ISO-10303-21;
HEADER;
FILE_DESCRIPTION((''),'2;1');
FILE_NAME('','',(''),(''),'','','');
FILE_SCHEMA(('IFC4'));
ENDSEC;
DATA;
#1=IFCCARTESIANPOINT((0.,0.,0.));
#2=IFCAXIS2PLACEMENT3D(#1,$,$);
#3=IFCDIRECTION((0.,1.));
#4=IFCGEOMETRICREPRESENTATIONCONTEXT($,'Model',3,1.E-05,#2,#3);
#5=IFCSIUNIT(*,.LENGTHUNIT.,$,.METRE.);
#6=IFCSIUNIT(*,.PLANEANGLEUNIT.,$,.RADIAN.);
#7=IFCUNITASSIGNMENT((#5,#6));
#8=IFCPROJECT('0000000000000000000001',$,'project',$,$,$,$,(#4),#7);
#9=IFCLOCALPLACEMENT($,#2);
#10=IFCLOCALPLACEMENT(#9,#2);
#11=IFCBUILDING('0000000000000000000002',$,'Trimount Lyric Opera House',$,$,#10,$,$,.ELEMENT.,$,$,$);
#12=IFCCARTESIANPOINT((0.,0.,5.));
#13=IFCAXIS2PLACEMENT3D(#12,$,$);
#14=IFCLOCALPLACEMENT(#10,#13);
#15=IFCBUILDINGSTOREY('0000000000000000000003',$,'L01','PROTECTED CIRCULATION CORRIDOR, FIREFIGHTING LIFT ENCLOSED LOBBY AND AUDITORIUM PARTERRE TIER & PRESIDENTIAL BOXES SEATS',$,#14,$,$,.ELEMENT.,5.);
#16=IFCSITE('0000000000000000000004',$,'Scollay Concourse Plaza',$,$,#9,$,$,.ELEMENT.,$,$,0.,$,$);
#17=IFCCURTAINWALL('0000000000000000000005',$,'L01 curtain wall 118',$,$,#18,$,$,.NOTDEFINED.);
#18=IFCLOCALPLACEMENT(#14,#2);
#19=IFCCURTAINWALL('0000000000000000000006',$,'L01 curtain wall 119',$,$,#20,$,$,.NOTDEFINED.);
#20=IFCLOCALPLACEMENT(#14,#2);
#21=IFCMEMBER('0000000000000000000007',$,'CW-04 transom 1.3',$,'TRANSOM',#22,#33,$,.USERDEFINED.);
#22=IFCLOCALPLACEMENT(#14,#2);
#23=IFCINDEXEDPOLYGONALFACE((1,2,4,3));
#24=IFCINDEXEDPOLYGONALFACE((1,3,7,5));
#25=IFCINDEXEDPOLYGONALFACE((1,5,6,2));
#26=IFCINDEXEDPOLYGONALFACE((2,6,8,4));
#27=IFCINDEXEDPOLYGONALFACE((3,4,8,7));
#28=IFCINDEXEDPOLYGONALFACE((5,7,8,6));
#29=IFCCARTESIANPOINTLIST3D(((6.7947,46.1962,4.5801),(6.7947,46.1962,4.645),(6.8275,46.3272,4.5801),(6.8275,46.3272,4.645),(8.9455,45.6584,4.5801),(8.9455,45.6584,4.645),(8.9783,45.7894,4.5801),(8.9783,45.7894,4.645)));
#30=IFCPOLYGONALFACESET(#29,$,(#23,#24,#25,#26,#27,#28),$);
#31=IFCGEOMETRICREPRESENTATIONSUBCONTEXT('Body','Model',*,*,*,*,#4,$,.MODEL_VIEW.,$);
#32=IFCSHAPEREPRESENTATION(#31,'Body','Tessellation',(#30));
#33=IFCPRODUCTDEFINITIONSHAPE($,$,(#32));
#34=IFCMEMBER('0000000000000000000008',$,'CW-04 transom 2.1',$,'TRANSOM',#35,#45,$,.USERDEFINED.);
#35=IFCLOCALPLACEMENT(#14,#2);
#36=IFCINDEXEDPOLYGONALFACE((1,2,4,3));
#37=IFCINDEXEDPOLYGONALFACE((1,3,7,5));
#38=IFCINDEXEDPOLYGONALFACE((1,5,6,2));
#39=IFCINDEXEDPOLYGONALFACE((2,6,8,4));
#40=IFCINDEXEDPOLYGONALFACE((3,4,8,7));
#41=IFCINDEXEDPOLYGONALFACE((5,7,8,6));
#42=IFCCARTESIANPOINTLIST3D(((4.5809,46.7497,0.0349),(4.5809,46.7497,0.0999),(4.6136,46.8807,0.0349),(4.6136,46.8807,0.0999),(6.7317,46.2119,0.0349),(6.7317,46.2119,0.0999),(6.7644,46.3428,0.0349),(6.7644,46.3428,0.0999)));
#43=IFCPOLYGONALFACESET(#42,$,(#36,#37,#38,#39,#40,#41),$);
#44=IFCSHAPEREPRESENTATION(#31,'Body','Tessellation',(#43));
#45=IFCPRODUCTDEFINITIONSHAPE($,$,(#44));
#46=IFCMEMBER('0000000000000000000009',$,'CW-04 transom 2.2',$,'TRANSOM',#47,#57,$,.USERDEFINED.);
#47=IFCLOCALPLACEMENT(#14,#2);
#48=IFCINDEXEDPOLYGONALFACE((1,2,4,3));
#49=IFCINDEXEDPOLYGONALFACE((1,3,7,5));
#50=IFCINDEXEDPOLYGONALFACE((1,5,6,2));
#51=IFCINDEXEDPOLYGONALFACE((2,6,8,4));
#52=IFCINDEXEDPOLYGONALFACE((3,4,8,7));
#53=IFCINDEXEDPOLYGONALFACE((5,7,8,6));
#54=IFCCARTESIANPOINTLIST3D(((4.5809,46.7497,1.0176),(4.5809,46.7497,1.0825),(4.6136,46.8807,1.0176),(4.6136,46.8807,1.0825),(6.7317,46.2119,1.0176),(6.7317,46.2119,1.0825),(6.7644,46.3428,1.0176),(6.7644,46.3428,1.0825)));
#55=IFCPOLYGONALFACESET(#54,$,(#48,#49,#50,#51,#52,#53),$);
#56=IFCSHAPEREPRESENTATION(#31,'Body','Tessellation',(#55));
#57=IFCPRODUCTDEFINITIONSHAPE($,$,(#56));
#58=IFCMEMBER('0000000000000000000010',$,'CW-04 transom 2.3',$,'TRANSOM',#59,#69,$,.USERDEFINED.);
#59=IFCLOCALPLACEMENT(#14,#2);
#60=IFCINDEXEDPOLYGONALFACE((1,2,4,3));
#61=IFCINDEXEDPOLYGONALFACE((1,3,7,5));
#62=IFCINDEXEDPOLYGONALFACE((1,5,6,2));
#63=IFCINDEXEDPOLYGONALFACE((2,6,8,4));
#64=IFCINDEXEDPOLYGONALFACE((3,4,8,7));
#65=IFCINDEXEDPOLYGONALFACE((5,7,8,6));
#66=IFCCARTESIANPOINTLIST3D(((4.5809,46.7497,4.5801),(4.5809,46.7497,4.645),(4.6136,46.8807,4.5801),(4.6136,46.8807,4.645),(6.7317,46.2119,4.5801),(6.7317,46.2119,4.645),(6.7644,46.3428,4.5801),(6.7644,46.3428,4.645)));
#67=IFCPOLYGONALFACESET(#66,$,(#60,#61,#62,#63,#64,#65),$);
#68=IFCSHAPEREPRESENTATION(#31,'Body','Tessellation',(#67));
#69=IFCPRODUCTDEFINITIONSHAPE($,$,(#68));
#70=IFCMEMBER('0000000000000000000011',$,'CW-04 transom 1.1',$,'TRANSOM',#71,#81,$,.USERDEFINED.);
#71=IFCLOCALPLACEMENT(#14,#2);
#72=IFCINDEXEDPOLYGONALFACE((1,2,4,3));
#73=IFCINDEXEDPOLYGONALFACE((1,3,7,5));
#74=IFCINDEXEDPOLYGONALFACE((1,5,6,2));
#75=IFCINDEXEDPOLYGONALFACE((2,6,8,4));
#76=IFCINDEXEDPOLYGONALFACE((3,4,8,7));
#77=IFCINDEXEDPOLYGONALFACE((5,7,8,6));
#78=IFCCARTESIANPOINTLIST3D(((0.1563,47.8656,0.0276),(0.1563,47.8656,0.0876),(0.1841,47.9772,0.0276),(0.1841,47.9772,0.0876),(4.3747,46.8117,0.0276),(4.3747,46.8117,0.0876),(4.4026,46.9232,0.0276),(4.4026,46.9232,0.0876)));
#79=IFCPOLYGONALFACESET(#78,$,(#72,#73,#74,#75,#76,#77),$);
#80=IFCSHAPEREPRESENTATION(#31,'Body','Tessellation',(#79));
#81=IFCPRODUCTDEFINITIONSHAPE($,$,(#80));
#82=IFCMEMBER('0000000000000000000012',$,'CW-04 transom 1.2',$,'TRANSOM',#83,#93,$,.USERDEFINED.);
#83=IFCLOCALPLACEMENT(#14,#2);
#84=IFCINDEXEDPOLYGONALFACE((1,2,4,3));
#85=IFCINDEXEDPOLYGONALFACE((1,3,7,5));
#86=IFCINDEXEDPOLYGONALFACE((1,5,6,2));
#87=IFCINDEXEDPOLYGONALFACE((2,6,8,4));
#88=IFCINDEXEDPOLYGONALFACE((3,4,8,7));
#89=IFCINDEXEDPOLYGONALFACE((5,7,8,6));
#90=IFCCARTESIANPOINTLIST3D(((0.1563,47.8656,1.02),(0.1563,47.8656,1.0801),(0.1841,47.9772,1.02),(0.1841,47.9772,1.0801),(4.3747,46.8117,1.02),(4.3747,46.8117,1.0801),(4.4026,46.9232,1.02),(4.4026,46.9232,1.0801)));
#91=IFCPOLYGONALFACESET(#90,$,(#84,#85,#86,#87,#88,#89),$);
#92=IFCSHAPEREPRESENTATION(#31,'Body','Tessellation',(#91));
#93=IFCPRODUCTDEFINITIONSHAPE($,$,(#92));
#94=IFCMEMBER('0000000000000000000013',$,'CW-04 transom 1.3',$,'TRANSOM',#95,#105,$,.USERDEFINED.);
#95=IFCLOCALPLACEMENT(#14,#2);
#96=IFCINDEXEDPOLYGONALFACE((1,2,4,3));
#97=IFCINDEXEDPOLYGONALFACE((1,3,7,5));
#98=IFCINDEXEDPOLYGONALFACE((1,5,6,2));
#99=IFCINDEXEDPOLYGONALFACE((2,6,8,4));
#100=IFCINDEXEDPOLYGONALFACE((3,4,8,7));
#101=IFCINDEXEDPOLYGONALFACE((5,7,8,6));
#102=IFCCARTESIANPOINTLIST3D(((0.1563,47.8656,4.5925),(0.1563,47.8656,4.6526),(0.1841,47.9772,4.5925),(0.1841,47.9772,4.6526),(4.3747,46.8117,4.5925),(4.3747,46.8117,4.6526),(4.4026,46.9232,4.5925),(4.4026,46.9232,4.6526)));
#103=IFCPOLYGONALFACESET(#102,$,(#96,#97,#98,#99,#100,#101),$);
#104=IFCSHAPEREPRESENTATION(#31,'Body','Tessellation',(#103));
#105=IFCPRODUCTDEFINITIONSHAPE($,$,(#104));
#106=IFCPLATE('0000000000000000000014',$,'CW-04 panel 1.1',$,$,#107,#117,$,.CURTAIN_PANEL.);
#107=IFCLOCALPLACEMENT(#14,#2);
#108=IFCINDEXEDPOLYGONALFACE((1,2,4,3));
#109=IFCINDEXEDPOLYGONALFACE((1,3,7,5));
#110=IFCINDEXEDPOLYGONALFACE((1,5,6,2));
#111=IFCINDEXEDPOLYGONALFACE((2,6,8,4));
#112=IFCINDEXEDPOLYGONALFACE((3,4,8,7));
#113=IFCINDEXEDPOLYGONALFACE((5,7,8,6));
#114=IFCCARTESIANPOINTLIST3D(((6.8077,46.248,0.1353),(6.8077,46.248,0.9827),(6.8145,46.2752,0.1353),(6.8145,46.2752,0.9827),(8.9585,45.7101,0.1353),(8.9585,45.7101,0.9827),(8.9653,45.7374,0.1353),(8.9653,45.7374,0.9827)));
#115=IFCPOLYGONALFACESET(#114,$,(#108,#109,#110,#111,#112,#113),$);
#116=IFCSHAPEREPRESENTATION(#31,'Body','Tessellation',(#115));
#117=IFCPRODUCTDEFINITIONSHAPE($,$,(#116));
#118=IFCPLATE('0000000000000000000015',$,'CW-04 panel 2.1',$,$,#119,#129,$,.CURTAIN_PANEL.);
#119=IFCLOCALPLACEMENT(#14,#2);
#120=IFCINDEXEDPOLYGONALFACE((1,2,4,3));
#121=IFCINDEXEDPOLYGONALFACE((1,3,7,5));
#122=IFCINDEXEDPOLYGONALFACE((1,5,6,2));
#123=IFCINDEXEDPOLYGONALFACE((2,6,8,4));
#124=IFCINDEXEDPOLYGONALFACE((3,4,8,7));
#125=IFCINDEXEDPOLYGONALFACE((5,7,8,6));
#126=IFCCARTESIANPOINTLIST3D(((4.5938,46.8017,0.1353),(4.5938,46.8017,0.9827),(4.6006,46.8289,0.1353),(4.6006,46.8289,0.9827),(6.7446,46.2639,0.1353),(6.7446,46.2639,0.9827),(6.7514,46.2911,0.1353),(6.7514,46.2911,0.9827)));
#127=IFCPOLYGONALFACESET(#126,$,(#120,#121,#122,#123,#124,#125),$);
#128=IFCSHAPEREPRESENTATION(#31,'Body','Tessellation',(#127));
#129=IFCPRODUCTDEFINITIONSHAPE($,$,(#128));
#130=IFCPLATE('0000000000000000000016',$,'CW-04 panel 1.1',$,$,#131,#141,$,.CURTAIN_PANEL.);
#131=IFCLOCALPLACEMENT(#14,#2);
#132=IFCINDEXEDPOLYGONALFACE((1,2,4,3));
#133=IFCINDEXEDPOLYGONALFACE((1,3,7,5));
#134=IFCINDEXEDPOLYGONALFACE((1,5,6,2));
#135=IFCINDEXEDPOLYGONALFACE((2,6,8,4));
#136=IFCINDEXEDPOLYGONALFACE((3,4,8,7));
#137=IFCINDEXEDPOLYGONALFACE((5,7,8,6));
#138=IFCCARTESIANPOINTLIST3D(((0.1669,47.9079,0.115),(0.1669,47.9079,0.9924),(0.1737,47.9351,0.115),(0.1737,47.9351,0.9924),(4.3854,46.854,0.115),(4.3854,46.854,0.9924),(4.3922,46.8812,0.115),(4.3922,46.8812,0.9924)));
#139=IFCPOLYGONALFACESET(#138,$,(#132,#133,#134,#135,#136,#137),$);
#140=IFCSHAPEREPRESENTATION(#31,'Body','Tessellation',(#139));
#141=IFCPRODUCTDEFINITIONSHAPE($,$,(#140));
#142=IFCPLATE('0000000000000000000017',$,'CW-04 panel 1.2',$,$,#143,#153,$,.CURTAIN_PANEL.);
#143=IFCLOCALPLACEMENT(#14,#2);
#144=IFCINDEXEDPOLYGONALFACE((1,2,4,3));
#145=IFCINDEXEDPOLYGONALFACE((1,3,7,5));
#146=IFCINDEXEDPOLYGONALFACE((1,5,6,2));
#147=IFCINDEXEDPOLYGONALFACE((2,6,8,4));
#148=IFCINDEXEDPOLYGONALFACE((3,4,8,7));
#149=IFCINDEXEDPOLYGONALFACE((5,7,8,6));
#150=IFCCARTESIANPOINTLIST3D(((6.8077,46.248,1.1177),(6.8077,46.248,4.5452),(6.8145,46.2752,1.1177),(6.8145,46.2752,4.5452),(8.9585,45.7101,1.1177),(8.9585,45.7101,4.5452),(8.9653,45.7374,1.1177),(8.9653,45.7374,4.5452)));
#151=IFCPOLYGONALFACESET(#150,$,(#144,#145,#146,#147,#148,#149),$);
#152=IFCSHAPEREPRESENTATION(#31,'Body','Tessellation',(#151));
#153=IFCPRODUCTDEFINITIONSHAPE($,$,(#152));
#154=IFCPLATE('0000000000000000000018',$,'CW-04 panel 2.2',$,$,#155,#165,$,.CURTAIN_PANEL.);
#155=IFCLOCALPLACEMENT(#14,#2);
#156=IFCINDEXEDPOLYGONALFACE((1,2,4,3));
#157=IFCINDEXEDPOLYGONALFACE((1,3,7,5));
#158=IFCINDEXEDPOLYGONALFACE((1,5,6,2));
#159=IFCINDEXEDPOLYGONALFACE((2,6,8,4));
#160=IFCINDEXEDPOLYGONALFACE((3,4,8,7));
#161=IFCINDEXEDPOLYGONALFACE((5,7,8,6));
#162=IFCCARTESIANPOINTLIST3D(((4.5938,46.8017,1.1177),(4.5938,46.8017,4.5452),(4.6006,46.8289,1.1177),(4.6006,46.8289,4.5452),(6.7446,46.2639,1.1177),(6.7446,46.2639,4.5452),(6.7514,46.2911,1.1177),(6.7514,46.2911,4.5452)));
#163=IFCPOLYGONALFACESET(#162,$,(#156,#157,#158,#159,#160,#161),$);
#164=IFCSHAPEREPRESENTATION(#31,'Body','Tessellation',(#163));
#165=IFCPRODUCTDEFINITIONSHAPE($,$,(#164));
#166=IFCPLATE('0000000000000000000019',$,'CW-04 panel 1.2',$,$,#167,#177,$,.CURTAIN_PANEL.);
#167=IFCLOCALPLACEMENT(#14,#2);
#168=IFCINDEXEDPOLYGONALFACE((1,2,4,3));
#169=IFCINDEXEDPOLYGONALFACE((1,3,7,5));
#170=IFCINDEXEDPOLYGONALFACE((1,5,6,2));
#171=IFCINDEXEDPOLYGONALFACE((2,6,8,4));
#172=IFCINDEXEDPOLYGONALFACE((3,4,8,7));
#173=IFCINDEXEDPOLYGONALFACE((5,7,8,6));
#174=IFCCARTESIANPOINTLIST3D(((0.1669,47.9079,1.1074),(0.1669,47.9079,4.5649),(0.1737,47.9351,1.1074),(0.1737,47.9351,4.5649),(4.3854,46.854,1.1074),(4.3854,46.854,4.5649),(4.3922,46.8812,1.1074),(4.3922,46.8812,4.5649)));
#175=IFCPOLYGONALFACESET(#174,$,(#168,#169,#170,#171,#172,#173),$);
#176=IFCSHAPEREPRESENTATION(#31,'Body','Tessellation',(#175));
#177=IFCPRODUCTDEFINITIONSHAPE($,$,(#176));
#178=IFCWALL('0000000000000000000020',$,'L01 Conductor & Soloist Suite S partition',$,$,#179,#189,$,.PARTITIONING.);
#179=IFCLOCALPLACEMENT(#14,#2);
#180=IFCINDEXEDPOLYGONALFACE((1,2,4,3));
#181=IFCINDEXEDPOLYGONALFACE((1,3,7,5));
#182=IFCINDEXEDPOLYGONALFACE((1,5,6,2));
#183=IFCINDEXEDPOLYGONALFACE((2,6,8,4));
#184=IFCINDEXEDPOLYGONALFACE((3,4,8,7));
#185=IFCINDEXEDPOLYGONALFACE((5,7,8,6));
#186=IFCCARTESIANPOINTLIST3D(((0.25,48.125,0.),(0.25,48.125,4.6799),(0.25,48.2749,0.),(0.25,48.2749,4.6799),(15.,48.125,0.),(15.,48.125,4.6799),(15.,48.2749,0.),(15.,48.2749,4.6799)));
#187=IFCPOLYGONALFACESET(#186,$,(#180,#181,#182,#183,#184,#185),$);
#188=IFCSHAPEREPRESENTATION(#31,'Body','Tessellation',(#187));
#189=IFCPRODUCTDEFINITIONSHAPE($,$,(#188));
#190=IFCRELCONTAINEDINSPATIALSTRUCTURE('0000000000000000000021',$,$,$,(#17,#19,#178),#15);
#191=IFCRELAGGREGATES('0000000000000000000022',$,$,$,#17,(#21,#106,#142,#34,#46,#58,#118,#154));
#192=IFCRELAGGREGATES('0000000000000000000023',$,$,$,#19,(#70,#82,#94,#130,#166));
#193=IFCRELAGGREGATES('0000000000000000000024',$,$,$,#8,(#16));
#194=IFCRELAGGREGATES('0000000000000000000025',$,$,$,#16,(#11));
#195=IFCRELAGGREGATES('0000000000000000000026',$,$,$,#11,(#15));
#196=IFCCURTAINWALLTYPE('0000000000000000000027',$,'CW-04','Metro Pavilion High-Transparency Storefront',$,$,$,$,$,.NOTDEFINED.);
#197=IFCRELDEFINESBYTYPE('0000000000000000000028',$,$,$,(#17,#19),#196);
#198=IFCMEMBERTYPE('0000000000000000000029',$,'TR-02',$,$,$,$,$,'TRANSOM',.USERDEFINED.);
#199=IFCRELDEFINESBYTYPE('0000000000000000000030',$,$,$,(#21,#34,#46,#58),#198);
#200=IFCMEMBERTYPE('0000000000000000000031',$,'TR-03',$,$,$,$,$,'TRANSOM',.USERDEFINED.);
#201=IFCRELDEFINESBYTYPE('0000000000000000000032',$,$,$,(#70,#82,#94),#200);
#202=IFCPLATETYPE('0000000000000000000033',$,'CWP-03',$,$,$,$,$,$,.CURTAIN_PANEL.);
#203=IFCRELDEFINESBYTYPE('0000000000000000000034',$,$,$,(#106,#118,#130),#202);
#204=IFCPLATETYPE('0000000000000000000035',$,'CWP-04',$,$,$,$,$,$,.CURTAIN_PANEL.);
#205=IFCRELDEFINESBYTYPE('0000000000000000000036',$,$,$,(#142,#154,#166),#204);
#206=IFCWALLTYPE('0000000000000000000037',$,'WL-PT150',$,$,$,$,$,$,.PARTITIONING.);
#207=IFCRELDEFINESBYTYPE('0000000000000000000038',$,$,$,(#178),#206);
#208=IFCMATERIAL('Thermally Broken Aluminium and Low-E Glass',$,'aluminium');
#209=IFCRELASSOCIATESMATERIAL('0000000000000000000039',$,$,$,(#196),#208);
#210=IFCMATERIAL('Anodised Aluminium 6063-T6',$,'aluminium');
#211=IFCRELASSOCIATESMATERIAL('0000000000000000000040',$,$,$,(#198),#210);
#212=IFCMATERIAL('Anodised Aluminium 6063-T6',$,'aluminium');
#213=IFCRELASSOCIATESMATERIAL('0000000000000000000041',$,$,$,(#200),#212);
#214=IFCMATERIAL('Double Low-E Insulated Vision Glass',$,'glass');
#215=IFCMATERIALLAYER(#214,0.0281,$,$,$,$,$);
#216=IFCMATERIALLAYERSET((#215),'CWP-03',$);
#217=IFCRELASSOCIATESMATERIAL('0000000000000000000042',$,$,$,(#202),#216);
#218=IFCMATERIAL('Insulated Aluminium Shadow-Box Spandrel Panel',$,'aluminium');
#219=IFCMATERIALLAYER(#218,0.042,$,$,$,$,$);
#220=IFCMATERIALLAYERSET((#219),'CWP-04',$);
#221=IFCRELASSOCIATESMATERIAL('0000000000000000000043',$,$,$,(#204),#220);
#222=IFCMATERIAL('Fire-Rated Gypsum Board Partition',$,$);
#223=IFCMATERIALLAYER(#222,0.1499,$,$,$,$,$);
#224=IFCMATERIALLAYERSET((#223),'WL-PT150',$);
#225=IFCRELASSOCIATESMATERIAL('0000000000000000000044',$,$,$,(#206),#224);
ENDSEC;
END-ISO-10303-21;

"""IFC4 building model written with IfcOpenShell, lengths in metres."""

from ifc_helpers import new_model, si_unit, direction, frame, frame_2d, origin, origin_2d, place, context, subcontext, project, spatial, rectangle, extrude, material, layer, layer_set, material_profile, profile_set, type_object, element, aggregate, save


model = new_model("IFC4")

# Units and contexts
model_context = context("Model", 3, precision=1e-05, world=origin(), true_north=direction((0.0, 1.0)))
body_context = subcontext(model_context, "Body", "Model", "MODEL_VIEW")
ifc_project = project(units=[si_unit("LENGTHUNIT", "METRE"), si_unit("PLANEANGLEUNIT", "RADIAN")], contexts=[model_context])

# Site, building, storey
site_placement = place(None, origin())
site = spatial("IfcSite", under=ifc_project, at=site_placement, Name="Scollay Concourse Plaza", CompositionType="ELEMENT", RefElevation=0.0)
building_placement = place(site_placement, origin())
building = spatial("IfcBuilding", under=site, at=building_placement, Name="Trimount Lyric Opera House", CompositionType="ELEMENT")
storey_placement = place(building_placement, frame((0.0, 0.0, 5.0)))
storey = spatial("IfcBuildingStorey", under=building, at=storey_placement, Name="L01", Description="PROTECTED CIRCULATION CORRIDOR, FIREFIGHTING LIFT ENCLOSED LOBBY AND AUDITORIUM PARTERRE TIER & PRESIDENTIAL BOXES SEATS", CompositionType="ELEMENT", Elevation=5.0)

# Curtain walls
ifc_material_1 = material(Name="Thermally Broken Aluminium and Low-E Glass", Category="aluminium")
curtain_wall_type = type_object("IfcCurtainWallType", Name="CW-04", Description="Metro Pavilion High-Transparency Storefront", PredefinedType="NOTDEFINED", material=ifc_material_1)
curtain_wall_1_placement = place(storey_placement, origin())
curtain_wall_1 = element("IfcCurtainWall", 1, at=curtain_wall_1_placement, inside=storey, type_object=curtain_wall_type, Name="L01 curtain wall 118", PredefinedType="NOTDEFINED")
curtain_wall_2_placement = place(storey_placement, origin())
curtain_wall_2 = element("IfcCurtainWall", 2, at=curtain_wall_2_placement, inside=storey, type_object=curtain_wall_type, Name="L01 curtain wall 119", PredefinedType="NOTDEFINED")

# Members
ifc_material_2 = material(Name="Anodised Aluminium 6063-T6", Category="aluminium")
ifc_material_profile_1 = material_profile(ifc_material_2, rectangle(XDim=0.135, YDim=0.0649, at=origin_2d()), Name="ALU-TRAN-65X135")
ifc_profile_set_1 = profile_set([ifc_material_profile_1], Name="Anodised Aluminium 6063-T6")
member_type_1 = type_object("IfcMemberType", Name="TR-02", ElementType="TRANSOM", PredefinedType="USERDEFINED", material=ifc_profile_set_1)
member_1_placement = place(storey_placement, frame((8.9619, 45.7239, 4.6125), z_axis=(-0.97013, 0.242587, 0.0), x_axis=(-0.242587, -0.97013, 0.0)))
member_1 = element("IfcMember", 3, at=member_1_placement, type_object=member_type_1, Name="CW-04 transom 1.3", ObjectType="TRANSOM", PredefinedType="USERDEFINED", context=body_context, shape_type="SweptSolid", body=[
    extrude(rectangle(XDim=0.135, YDim=0.0649, at=origin_2d()), origin(), (0.0, 0.0, 1.0), 2.217),
])
member_2_placement = place(storey_placement, frame((6.748, 46.2773, 0.0674), z_axis=(-0.97013, 0.242587, 0.0), x_axis=(-0.242587, -0.97013, 0.0)))
member_2 = element("IfcMember", 4, at=member_2_placement, type_object=member_type_1, Name="CW-04 transom 2.1", ObjectType="TRANSOM", PredefinedType="USERDEFINED", context=body_context, shape_type="SweptSolid", body=[
    extrude(rectangle(XDim=0.135, YDim=0.0649, at=origin_2d()), origin(), (0.0, 0.0, 1.0), 2.217),
])
member_3_placement = place(storey_placement, frame((6.748, 46.2773, 1.05), z_axis=(-0.97013, 0.242587, 0.0), x_axis=(-0.242587, -0.97013, 0.0)))
member_3 = element("IfcMember", 5, at=member_3_placement, type_object=member_type_1, Name="CW-04 transom 2.2", ObjectType="TRANSOM", PredefinedType="USERDEFINED", context=body_context, shape_type="SweptSolid", body=[
    extrude(rectangle(XDim=0.135, YDim=0.0649, at=origin_2d()), origin(), (0.0, 0.0, 1.0), 2.217),
])
member_4_placement = place(storey_placement, frame((6.748, 46.2773, 4.6125), z_axis=(-0.97013, 0.242587, 0.0), x_axis=(-0.242587, -0.97013, 0.0)))
member_4 = element("IfcMember", 6, at=member_4_placement, type_object=member_type_1, Name="CW-04 transom 2.3", ObjectType="TRANSOM", PredefinedType="USERDEFINED", context=body_context, shape_type="SweptSolid", body=[
    extrude(rectangle(XDim=0.135, YDim=0.0649, at=origin_2d()), origin(), (0.0, 0.0, 1.0), 2.217),
])
ifc_material_3 = material(Name="Anodised Aluminium 6063-T6", Category="aluminium")
ifc_material_profile_2 = material_profile(ifc_material_3, rectangle(XDim=0.115, YDim=0.0601, at=origin_2d()), Name="ALU-TRAN-60X115")
ifc_profile_set_2 = profile_set([ifc_material_profile_2], Name="Anodised Aluminium 6063-T6")
member_type_2 = type_object("IfcMemberType", Name="TR-03", ElementType="TRANSOM", PredefinedType="USERDEFINED", material=ifc_profile_set_2)
member_5_placement = place(storey_placement, frame((4.3887, 46.8674, 0.0576), z_axis=(-0.970179, 0.24239, 0.0), x_axis=(-0.24239, -0.970179, 0.0)))
member_5 = element("IfcMember", 7, at=member_5_placement, type_object=member_type_2, Name="CW-04 transom 1.1", ObjectType="TRANSOM", PredefinedType="USERDEFINED", context=body_context, shape_type="SweptSolid", body=[
    extrude(rectangle(XDim=0.115, YDim=0.0601, at=origin_2d()), origin(), (0.0, 0.0, 1.0), 4.3481),
])
member_6_placement = place(storey_placement, frame((4.3887, 46.8674, 1.05), z_axis=(-0.970179, 0.24239, 0.0), x_axis=(-0.24239, -0.970179, 0.0)))
member_6 = element("IfcMember", 8, at=member_6_placement, type_object=member_type_2, Name="CW-04 transom 1.2", ObjectType="TRANSOM", PredefinedType="USERDEFINED", context=body_context, shape_type="SweptSolid", body=[
    extrude(rectangle(XDim=0.115, YDim=0.0601, at=origin_2d()), origin(), (0.0, 0.0, 1.0), 4.3481),
])
member_7_placement = place(storey_placement, frame((4.3887, 46.8674, 4.6226), z_axis=(-0.970179, 0.24239, 0.0), x_axis=(-0.24239, -0.970179, 0.0)))
member_7 = element("IfcMember", 9, at=member_7_placement, type_object=member_type_2, Name="CW-04 transom 1.3", ObjectType="TRANSOM", PredefinedType="USERDEFINED", context=body_context, shape_type="SweptSolid", body=[
    extrude(rectangle(XDim=0.115, YDim=0.0601, at=origin_2d()), origin(), (0.0, 0.0, 1.0), 4.3481),
])

# Plates
ifc_material_4 = material(Name="Double Low-E Insulated Vision Glass", Category="glass")
ifc_layer_1 = layer(ifc_material_4, 0.0281)
ifc_layer_set_1 = layer_set([ifc_layer_1], Name="CWP-03")
plate_type_1 = type_object("IfcPlateType", Name="CWP-03", PredefinedType="CURTAIN_PANEL", material=ifc_layer_set_1)
plate_1_placement = place(storey_placement, frame((7.8865, 45.9927, 0.1353), z_axis=(0.0, 0.0, 1.0), x_axis=(-0.97013, 0.242586, 0.0)))
plate_1 = element("IfcPlate", 10, at=plate_1_placement, type_object=plate_type_1, Name="CW-04 panel 1.1", PredefinedType="CURTAIN_PANEL", context=body_context, shape_type="SweptSolid", body=[
    extrude(rectangle(XDim=2.217, YDim=0.0281, at=origin_2d()), origin(), (0.0, 0.0, 1.0), 0.8474),
])
plate_2_placement = place(storey_placement, frame((5.6726, 46.5464, 0.1353), z_axis=(0.0, 0.0, 1.0), x_axis=(-0.97013, 0.242586, 0.0)))
plate_2 = element("IfcPlate", 11, at=plate_2_placement, type_object=plate_type_1, Name="CW-04 panel 2.1", PredefinedType="CURTAIN_PANEL", context=body_context, shape_type="SweptSolid", body=[
    extrude(rectangle(XDim=2.217, YDim=0.0281, at=origin_2d()), origin(), (0.0, 0.0, 1.0), 0.8474),
])
plate_3_placement = place(storey_placement, frame((2.2795, 47.3945, 0.115), z_axis=(0.0, 0.0, 1.0), x_axis=(-0.970182, 0.242378, 0.0)))
plate_3 = element("IfcPlate", 12, at=plate_3_placement, type_object=plate_type_1, Name="CW-04 panel 1.1", PredefinedType="CURTAIN_PANEL", context=body_context, shape_type="SweptSolid", body=[
    extrude(rectangle(XDim=4.3481, YDim=0.0281, at=origin_2d()), origin(), (0.0, 0.0, 1.0), 0.8774),
])
ifc_material_5 = material(Name="Insulated Aluminium Shadow-Box Spandrel Panel", Category="aluminium")
ifc_layer_2 = layer(ifc_material_5, 0.042)
ifc_layer_set_2 = layer_set([ifc_layer_2], Name="CWP-04")
plate_type_2 = type_object("IfcPlateType", Name="CWP-04", PredefinedType="CURTAIN_PANEL", material=ifc_layer_set_2)
plate_4_placement = place(storey_placement, frame((7.8865, 45.9927, 1.1177), z_axis=(0.0, 0.0, 1.0), x_axis=(-0.97013, 0.242586, 0.0)))
plate_4 = element("IfcPlate", 13, at=plate_4_placement, type_object=plate_type_2, Name="CW-04 panel 1.2", PredefinedType="CURTAIN_PANEL", context=body_context, shape_type="SweptSolid", body=[
    extrude(rectangle(XDim=2.217, YDim=0.0281, at=origin_2d()), origin(), (0.0, 0.0, 1.0), 3.4275),
])
plate_5_placement = place(storey_placement, frame((5.6726, 46.5464, 1.1177), z_axis=(0.0, 0.0, 1.0), x_axis=(-0.97013, 0.242586, 0.0)))
plate_5 = element("IfcPlate", 14, at=plate_5_placement, type_object=plate_type_2, Name="CW-04 panel 2.2", PredefinedType="CURTAIN_PANEL", context=body_context, shape_type="SweptSolid", body=[
    extrude(rectangle(XDim=2.217, YDim=0.0281, at=origin_2d()), origin(), (0.0, 0.0, 1.0), 3.4275),
])
aggregate(curtain_wall_1, [member_1, plate_1, plate_4, member_2, member_3, member_4, plate_2, plate_5])
plate_6_placement = place(storey_placement, frame((2.2795, 47.3945, 1.1074), z_axis=(0.0, 0.0, 1.0), x_axis=(-0.970182, 0.242378, 0.0)))
plate_6 = element("IfcPlate", 15, at=plate_6_placement, type_object=plate_type_2, Name="CW-04 panel 1.2", PredefinedType="CURTAIN_PANEL", context=body_context, shape_type="SweptSolid", body=[
    extrude(rectangle(XDim=4.3481, YDim=0.0281, at=origin_2d()), origin(), (0.0, 0.0, 1.0), 3.4575),
])
aggregate(curtain_wall_2, [member_5, member_6, member_7, plate_3, plate_6])

# Wall
ifc_material_6 = material(Name="Fire-Rated Gypsum Board Partition")
ifc_layer_3 = layer(ifc_material_6, 0.1499)
ifc_layer_set_3 = layer_set([ifc_layer_3], Name="WL-PT150")
wall_type_1 = type_object("IfcWallType", Name="WL-PT150", PredefinedType="PARTITIONING", material=ifc_layer_set_3)
wall_1_placement = place(storey_placement, frame((0.25, 48.2, 0.0), z_axis=(0.0, 0.0, 1.0), x_axis=(1.0, 0.0, 0.0)))
element("IfcWall", 16, at=wall_1_placement, inside=storey, type_object=wall_type_1, Name="L01 Conductor & Soloist Suite S partition", PredefinedType="PARTITIONING", context=body_context, shape_type="SweptSolid", body=[
    extrude(rectangle(XDim=14.75, YDim=0.1499, at=frame_2d((7.375, 0.0))), origin(), (0.0, 0.0, 1.0), 4.6799),
])

save(model, "model.ifc")
